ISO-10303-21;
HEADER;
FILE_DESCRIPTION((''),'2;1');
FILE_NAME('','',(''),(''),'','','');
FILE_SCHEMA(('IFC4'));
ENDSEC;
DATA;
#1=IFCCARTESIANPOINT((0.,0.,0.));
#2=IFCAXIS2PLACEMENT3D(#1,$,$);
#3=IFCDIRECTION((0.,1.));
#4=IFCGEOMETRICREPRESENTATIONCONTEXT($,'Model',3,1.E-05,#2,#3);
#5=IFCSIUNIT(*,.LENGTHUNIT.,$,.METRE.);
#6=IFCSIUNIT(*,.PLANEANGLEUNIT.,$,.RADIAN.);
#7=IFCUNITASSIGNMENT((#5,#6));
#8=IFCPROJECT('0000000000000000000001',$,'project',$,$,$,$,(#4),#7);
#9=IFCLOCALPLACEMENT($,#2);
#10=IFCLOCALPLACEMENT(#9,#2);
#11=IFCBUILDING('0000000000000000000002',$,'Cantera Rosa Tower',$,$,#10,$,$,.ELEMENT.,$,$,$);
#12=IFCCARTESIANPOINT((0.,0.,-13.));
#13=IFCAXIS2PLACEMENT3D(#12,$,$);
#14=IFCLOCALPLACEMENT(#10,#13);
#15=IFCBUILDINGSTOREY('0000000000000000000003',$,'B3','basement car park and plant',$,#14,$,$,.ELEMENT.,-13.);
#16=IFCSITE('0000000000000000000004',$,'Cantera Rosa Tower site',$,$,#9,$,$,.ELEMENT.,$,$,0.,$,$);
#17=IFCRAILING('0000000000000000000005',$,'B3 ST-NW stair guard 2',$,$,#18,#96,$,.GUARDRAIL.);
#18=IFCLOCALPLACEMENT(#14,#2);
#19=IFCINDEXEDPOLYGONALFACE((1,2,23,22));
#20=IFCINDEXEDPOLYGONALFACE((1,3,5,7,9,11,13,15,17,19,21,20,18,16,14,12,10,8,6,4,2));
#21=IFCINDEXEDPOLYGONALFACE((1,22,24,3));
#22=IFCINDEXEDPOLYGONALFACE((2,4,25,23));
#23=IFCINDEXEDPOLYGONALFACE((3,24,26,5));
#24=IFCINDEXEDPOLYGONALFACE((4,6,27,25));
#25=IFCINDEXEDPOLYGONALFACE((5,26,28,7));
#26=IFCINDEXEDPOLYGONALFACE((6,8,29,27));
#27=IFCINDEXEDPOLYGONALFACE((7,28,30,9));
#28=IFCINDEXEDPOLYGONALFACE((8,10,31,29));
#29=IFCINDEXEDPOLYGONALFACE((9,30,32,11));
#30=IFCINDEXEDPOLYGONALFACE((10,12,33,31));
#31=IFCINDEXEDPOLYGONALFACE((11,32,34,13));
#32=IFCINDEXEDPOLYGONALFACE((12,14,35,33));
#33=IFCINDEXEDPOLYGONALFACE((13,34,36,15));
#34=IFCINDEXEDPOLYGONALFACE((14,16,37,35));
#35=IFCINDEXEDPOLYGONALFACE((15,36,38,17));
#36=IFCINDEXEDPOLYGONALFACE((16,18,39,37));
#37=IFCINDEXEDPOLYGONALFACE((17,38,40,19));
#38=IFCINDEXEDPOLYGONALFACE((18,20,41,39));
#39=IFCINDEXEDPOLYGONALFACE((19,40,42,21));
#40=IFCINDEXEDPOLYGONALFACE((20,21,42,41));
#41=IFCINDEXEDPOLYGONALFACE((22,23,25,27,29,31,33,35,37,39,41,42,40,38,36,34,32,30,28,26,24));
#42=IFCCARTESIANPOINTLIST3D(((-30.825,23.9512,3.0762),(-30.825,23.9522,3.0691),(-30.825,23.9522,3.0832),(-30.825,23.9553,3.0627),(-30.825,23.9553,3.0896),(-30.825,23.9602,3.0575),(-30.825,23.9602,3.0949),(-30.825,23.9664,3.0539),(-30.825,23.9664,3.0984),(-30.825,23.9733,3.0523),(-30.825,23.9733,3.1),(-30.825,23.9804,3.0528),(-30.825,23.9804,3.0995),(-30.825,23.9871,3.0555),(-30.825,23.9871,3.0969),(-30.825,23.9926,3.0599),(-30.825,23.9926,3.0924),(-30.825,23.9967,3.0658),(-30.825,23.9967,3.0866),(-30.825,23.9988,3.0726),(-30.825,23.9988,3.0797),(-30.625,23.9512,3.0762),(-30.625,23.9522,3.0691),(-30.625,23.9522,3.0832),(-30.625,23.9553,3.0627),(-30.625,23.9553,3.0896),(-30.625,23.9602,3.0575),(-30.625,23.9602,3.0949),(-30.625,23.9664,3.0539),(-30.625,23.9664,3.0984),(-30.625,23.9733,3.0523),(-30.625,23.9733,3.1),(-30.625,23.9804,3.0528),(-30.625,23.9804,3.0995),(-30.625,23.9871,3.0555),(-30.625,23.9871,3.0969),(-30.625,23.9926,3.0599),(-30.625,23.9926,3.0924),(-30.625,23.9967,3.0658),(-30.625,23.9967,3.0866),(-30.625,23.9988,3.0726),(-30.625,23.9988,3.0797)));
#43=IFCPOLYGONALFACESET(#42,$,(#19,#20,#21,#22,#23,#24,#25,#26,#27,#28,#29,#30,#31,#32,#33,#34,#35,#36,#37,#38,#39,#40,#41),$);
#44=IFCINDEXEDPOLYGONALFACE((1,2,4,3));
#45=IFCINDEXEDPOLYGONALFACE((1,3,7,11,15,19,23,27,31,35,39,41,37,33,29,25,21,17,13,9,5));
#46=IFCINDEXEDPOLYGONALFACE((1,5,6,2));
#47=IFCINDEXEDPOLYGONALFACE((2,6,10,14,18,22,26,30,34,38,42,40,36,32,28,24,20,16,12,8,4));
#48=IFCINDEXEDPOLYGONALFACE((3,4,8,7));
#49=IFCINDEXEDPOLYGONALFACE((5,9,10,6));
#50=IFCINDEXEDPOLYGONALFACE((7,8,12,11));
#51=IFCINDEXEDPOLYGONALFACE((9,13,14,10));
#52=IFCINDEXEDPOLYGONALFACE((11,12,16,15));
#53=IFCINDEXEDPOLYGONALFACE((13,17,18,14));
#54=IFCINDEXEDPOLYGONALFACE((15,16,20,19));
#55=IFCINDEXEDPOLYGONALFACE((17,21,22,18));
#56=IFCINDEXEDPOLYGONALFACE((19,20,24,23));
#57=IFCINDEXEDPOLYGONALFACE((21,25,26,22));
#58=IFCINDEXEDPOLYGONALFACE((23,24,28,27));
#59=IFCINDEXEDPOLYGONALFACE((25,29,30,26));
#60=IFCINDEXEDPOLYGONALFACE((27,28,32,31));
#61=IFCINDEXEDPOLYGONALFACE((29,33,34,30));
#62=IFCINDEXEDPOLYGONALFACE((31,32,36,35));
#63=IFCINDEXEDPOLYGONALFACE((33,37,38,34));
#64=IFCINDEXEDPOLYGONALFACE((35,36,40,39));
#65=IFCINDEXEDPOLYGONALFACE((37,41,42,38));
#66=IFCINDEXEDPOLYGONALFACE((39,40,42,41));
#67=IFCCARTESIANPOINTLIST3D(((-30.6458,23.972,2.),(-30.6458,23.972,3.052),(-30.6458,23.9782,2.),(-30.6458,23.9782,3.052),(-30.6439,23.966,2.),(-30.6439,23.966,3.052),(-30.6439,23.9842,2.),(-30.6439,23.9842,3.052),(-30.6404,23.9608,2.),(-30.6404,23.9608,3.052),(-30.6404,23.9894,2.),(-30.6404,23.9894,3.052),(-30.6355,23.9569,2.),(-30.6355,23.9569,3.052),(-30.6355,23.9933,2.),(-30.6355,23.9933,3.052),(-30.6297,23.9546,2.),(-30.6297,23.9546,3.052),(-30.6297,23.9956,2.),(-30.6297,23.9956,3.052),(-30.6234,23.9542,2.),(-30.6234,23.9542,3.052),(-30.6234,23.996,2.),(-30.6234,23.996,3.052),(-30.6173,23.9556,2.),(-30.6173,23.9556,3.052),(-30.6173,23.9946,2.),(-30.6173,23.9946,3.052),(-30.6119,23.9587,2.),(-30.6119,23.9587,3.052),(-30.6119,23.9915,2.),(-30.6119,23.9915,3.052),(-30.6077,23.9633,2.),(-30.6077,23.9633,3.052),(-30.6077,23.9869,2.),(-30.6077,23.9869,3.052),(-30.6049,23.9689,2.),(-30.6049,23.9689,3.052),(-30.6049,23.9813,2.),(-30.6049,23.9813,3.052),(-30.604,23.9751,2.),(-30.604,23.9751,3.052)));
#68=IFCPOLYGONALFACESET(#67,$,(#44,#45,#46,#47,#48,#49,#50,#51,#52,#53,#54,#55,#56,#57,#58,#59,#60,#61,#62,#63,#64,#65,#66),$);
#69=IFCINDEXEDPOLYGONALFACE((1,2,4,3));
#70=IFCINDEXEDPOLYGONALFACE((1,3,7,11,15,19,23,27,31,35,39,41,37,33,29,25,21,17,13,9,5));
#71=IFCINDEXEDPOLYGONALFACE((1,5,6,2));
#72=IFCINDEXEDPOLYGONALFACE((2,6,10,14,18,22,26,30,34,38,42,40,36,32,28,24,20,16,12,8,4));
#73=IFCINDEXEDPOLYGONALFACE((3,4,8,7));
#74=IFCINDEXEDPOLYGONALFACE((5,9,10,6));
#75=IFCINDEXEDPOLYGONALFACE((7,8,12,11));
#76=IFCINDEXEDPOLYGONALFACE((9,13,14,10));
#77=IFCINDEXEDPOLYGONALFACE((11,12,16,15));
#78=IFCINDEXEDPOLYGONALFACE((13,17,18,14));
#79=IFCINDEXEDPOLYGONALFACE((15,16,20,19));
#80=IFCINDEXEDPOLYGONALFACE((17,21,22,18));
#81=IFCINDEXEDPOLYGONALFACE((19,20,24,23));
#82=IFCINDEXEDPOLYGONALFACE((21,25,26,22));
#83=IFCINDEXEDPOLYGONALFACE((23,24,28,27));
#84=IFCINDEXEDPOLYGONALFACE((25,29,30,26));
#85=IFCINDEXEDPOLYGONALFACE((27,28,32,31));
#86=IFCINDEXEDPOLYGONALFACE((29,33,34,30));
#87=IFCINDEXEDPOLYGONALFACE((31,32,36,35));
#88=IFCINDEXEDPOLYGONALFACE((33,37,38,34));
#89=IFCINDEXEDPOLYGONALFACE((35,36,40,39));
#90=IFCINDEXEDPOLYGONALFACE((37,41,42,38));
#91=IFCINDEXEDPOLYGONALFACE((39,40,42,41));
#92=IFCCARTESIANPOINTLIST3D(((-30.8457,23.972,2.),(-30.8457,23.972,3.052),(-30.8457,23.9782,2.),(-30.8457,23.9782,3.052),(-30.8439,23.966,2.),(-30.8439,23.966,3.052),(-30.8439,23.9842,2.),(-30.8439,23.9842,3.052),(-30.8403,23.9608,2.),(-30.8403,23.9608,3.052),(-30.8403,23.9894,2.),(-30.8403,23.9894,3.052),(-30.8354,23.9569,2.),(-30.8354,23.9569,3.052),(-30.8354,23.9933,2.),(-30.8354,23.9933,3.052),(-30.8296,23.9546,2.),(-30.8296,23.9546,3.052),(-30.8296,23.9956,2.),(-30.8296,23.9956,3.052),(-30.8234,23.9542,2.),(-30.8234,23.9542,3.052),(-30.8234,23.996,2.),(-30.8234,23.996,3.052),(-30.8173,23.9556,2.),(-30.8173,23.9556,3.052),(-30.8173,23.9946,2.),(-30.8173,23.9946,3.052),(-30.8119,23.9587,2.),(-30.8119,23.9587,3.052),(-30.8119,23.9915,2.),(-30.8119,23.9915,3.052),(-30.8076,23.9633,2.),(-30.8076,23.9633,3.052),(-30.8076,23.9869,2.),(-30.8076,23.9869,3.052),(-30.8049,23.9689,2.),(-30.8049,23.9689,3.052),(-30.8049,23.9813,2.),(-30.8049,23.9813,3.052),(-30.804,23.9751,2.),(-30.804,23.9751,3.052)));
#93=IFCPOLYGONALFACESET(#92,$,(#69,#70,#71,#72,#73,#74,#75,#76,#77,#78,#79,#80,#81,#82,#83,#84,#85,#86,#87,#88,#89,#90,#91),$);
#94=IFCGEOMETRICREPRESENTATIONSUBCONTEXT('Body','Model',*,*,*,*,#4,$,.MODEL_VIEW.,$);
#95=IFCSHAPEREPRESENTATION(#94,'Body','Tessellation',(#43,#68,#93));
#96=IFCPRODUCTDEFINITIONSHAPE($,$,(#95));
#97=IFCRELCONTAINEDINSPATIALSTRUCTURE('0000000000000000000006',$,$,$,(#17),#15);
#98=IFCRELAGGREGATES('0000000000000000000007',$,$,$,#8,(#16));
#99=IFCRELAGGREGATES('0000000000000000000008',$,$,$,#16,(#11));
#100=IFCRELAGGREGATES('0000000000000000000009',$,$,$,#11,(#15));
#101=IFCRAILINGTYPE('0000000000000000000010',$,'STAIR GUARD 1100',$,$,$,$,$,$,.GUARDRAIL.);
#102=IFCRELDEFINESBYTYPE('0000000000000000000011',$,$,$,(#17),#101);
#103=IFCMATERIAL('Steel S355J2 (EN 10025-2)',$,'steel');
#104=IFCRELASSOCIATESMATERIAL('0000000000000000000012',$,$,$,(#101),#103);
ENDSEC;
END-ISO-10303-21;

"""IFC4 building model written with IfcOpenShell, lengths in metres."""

from ifc_helpers import new_model, si_unit, direction, frame, origin, origin_2d, place, context, subcontext, project, spatial, circle, extrude, material, type_object, element, save


model = new_model("IFC4")

# Units and contexts
model_context = context("Model", 3, precision=1e-05, world=origin(), true_north=direction((0.0, 1.0)))
body_context = subcontext(model_context, "Body", "Model", "MODEL_VIEW")
ifc_project = project(units=[si_unit("LENGTHUNIT", "METRE"), si_unit("PLANEANGLEUNIT", "RADIAN")], contexts=[model_context])

# Site, building, storey
site_placement = place(None, origin())
site = spatial("IfcSite", under=ifc_project, at=site_placement, Name="Cantera Rosa Tower site", CompositionType="ELEMENT", RefElevation=0.0)
building_placement = place(site_placement, origin())
building = spatial("IfcBuilding", under=site, at=building_placement, Name="Cantera Rosa Tower", CompositionType="ELEMENT")
storey_placement = place(building_placement, frame((0.0, 0.0, -13.0)))
storey = spatial("IfcBuildingStorey", under=building, at=storey_placement, Name="B3", Description="basement car park and plant", CompositionType="ELEMENT", Elevation=-13.0)

# Railing
ifc_material_1 = material(Name="Steel S355J2 (EN 10025-2)", Category="steel")
railing_type_1 = type_object("IfcRailingType", Name="STAIR GUARD 1100", PredefinedType="GUARDRAIL", material=ifc_material_1)
railing_1_placement = place(storey_placement, frame((-30.625, 23.9751, 2.0)))
element("IfcRailing", 1, at=railing_1_placement, inside=storey, type_object=railing_type_1, Name="B3 ST-NW stair guard 2", PredefinedType="GUARDRAIL", context=body_context, shape_type="SweptSolid", body=[
    extrude(circle(Radius=0.0239, at=origin_2d()), frame((0.0, 0.0, 1.0762), z_axis=(-1.0, 0.0, 0.0), x_axis=(0.0, -1.0, 0.0)), (0.0, 0.0, 1.0), 0.2),
    extrude(circle(Radius=0.021, at=origin_2d()), origin(), (0.0, 0.0, 1.0), 1.052),
    extrude(circle(Radius=0.021, at=origin_2d()), frame((-0.2, 0.0, 0.0)), (0.0, 0.0, 1.0), 1.052),
])

save(model, "model.ifc")
